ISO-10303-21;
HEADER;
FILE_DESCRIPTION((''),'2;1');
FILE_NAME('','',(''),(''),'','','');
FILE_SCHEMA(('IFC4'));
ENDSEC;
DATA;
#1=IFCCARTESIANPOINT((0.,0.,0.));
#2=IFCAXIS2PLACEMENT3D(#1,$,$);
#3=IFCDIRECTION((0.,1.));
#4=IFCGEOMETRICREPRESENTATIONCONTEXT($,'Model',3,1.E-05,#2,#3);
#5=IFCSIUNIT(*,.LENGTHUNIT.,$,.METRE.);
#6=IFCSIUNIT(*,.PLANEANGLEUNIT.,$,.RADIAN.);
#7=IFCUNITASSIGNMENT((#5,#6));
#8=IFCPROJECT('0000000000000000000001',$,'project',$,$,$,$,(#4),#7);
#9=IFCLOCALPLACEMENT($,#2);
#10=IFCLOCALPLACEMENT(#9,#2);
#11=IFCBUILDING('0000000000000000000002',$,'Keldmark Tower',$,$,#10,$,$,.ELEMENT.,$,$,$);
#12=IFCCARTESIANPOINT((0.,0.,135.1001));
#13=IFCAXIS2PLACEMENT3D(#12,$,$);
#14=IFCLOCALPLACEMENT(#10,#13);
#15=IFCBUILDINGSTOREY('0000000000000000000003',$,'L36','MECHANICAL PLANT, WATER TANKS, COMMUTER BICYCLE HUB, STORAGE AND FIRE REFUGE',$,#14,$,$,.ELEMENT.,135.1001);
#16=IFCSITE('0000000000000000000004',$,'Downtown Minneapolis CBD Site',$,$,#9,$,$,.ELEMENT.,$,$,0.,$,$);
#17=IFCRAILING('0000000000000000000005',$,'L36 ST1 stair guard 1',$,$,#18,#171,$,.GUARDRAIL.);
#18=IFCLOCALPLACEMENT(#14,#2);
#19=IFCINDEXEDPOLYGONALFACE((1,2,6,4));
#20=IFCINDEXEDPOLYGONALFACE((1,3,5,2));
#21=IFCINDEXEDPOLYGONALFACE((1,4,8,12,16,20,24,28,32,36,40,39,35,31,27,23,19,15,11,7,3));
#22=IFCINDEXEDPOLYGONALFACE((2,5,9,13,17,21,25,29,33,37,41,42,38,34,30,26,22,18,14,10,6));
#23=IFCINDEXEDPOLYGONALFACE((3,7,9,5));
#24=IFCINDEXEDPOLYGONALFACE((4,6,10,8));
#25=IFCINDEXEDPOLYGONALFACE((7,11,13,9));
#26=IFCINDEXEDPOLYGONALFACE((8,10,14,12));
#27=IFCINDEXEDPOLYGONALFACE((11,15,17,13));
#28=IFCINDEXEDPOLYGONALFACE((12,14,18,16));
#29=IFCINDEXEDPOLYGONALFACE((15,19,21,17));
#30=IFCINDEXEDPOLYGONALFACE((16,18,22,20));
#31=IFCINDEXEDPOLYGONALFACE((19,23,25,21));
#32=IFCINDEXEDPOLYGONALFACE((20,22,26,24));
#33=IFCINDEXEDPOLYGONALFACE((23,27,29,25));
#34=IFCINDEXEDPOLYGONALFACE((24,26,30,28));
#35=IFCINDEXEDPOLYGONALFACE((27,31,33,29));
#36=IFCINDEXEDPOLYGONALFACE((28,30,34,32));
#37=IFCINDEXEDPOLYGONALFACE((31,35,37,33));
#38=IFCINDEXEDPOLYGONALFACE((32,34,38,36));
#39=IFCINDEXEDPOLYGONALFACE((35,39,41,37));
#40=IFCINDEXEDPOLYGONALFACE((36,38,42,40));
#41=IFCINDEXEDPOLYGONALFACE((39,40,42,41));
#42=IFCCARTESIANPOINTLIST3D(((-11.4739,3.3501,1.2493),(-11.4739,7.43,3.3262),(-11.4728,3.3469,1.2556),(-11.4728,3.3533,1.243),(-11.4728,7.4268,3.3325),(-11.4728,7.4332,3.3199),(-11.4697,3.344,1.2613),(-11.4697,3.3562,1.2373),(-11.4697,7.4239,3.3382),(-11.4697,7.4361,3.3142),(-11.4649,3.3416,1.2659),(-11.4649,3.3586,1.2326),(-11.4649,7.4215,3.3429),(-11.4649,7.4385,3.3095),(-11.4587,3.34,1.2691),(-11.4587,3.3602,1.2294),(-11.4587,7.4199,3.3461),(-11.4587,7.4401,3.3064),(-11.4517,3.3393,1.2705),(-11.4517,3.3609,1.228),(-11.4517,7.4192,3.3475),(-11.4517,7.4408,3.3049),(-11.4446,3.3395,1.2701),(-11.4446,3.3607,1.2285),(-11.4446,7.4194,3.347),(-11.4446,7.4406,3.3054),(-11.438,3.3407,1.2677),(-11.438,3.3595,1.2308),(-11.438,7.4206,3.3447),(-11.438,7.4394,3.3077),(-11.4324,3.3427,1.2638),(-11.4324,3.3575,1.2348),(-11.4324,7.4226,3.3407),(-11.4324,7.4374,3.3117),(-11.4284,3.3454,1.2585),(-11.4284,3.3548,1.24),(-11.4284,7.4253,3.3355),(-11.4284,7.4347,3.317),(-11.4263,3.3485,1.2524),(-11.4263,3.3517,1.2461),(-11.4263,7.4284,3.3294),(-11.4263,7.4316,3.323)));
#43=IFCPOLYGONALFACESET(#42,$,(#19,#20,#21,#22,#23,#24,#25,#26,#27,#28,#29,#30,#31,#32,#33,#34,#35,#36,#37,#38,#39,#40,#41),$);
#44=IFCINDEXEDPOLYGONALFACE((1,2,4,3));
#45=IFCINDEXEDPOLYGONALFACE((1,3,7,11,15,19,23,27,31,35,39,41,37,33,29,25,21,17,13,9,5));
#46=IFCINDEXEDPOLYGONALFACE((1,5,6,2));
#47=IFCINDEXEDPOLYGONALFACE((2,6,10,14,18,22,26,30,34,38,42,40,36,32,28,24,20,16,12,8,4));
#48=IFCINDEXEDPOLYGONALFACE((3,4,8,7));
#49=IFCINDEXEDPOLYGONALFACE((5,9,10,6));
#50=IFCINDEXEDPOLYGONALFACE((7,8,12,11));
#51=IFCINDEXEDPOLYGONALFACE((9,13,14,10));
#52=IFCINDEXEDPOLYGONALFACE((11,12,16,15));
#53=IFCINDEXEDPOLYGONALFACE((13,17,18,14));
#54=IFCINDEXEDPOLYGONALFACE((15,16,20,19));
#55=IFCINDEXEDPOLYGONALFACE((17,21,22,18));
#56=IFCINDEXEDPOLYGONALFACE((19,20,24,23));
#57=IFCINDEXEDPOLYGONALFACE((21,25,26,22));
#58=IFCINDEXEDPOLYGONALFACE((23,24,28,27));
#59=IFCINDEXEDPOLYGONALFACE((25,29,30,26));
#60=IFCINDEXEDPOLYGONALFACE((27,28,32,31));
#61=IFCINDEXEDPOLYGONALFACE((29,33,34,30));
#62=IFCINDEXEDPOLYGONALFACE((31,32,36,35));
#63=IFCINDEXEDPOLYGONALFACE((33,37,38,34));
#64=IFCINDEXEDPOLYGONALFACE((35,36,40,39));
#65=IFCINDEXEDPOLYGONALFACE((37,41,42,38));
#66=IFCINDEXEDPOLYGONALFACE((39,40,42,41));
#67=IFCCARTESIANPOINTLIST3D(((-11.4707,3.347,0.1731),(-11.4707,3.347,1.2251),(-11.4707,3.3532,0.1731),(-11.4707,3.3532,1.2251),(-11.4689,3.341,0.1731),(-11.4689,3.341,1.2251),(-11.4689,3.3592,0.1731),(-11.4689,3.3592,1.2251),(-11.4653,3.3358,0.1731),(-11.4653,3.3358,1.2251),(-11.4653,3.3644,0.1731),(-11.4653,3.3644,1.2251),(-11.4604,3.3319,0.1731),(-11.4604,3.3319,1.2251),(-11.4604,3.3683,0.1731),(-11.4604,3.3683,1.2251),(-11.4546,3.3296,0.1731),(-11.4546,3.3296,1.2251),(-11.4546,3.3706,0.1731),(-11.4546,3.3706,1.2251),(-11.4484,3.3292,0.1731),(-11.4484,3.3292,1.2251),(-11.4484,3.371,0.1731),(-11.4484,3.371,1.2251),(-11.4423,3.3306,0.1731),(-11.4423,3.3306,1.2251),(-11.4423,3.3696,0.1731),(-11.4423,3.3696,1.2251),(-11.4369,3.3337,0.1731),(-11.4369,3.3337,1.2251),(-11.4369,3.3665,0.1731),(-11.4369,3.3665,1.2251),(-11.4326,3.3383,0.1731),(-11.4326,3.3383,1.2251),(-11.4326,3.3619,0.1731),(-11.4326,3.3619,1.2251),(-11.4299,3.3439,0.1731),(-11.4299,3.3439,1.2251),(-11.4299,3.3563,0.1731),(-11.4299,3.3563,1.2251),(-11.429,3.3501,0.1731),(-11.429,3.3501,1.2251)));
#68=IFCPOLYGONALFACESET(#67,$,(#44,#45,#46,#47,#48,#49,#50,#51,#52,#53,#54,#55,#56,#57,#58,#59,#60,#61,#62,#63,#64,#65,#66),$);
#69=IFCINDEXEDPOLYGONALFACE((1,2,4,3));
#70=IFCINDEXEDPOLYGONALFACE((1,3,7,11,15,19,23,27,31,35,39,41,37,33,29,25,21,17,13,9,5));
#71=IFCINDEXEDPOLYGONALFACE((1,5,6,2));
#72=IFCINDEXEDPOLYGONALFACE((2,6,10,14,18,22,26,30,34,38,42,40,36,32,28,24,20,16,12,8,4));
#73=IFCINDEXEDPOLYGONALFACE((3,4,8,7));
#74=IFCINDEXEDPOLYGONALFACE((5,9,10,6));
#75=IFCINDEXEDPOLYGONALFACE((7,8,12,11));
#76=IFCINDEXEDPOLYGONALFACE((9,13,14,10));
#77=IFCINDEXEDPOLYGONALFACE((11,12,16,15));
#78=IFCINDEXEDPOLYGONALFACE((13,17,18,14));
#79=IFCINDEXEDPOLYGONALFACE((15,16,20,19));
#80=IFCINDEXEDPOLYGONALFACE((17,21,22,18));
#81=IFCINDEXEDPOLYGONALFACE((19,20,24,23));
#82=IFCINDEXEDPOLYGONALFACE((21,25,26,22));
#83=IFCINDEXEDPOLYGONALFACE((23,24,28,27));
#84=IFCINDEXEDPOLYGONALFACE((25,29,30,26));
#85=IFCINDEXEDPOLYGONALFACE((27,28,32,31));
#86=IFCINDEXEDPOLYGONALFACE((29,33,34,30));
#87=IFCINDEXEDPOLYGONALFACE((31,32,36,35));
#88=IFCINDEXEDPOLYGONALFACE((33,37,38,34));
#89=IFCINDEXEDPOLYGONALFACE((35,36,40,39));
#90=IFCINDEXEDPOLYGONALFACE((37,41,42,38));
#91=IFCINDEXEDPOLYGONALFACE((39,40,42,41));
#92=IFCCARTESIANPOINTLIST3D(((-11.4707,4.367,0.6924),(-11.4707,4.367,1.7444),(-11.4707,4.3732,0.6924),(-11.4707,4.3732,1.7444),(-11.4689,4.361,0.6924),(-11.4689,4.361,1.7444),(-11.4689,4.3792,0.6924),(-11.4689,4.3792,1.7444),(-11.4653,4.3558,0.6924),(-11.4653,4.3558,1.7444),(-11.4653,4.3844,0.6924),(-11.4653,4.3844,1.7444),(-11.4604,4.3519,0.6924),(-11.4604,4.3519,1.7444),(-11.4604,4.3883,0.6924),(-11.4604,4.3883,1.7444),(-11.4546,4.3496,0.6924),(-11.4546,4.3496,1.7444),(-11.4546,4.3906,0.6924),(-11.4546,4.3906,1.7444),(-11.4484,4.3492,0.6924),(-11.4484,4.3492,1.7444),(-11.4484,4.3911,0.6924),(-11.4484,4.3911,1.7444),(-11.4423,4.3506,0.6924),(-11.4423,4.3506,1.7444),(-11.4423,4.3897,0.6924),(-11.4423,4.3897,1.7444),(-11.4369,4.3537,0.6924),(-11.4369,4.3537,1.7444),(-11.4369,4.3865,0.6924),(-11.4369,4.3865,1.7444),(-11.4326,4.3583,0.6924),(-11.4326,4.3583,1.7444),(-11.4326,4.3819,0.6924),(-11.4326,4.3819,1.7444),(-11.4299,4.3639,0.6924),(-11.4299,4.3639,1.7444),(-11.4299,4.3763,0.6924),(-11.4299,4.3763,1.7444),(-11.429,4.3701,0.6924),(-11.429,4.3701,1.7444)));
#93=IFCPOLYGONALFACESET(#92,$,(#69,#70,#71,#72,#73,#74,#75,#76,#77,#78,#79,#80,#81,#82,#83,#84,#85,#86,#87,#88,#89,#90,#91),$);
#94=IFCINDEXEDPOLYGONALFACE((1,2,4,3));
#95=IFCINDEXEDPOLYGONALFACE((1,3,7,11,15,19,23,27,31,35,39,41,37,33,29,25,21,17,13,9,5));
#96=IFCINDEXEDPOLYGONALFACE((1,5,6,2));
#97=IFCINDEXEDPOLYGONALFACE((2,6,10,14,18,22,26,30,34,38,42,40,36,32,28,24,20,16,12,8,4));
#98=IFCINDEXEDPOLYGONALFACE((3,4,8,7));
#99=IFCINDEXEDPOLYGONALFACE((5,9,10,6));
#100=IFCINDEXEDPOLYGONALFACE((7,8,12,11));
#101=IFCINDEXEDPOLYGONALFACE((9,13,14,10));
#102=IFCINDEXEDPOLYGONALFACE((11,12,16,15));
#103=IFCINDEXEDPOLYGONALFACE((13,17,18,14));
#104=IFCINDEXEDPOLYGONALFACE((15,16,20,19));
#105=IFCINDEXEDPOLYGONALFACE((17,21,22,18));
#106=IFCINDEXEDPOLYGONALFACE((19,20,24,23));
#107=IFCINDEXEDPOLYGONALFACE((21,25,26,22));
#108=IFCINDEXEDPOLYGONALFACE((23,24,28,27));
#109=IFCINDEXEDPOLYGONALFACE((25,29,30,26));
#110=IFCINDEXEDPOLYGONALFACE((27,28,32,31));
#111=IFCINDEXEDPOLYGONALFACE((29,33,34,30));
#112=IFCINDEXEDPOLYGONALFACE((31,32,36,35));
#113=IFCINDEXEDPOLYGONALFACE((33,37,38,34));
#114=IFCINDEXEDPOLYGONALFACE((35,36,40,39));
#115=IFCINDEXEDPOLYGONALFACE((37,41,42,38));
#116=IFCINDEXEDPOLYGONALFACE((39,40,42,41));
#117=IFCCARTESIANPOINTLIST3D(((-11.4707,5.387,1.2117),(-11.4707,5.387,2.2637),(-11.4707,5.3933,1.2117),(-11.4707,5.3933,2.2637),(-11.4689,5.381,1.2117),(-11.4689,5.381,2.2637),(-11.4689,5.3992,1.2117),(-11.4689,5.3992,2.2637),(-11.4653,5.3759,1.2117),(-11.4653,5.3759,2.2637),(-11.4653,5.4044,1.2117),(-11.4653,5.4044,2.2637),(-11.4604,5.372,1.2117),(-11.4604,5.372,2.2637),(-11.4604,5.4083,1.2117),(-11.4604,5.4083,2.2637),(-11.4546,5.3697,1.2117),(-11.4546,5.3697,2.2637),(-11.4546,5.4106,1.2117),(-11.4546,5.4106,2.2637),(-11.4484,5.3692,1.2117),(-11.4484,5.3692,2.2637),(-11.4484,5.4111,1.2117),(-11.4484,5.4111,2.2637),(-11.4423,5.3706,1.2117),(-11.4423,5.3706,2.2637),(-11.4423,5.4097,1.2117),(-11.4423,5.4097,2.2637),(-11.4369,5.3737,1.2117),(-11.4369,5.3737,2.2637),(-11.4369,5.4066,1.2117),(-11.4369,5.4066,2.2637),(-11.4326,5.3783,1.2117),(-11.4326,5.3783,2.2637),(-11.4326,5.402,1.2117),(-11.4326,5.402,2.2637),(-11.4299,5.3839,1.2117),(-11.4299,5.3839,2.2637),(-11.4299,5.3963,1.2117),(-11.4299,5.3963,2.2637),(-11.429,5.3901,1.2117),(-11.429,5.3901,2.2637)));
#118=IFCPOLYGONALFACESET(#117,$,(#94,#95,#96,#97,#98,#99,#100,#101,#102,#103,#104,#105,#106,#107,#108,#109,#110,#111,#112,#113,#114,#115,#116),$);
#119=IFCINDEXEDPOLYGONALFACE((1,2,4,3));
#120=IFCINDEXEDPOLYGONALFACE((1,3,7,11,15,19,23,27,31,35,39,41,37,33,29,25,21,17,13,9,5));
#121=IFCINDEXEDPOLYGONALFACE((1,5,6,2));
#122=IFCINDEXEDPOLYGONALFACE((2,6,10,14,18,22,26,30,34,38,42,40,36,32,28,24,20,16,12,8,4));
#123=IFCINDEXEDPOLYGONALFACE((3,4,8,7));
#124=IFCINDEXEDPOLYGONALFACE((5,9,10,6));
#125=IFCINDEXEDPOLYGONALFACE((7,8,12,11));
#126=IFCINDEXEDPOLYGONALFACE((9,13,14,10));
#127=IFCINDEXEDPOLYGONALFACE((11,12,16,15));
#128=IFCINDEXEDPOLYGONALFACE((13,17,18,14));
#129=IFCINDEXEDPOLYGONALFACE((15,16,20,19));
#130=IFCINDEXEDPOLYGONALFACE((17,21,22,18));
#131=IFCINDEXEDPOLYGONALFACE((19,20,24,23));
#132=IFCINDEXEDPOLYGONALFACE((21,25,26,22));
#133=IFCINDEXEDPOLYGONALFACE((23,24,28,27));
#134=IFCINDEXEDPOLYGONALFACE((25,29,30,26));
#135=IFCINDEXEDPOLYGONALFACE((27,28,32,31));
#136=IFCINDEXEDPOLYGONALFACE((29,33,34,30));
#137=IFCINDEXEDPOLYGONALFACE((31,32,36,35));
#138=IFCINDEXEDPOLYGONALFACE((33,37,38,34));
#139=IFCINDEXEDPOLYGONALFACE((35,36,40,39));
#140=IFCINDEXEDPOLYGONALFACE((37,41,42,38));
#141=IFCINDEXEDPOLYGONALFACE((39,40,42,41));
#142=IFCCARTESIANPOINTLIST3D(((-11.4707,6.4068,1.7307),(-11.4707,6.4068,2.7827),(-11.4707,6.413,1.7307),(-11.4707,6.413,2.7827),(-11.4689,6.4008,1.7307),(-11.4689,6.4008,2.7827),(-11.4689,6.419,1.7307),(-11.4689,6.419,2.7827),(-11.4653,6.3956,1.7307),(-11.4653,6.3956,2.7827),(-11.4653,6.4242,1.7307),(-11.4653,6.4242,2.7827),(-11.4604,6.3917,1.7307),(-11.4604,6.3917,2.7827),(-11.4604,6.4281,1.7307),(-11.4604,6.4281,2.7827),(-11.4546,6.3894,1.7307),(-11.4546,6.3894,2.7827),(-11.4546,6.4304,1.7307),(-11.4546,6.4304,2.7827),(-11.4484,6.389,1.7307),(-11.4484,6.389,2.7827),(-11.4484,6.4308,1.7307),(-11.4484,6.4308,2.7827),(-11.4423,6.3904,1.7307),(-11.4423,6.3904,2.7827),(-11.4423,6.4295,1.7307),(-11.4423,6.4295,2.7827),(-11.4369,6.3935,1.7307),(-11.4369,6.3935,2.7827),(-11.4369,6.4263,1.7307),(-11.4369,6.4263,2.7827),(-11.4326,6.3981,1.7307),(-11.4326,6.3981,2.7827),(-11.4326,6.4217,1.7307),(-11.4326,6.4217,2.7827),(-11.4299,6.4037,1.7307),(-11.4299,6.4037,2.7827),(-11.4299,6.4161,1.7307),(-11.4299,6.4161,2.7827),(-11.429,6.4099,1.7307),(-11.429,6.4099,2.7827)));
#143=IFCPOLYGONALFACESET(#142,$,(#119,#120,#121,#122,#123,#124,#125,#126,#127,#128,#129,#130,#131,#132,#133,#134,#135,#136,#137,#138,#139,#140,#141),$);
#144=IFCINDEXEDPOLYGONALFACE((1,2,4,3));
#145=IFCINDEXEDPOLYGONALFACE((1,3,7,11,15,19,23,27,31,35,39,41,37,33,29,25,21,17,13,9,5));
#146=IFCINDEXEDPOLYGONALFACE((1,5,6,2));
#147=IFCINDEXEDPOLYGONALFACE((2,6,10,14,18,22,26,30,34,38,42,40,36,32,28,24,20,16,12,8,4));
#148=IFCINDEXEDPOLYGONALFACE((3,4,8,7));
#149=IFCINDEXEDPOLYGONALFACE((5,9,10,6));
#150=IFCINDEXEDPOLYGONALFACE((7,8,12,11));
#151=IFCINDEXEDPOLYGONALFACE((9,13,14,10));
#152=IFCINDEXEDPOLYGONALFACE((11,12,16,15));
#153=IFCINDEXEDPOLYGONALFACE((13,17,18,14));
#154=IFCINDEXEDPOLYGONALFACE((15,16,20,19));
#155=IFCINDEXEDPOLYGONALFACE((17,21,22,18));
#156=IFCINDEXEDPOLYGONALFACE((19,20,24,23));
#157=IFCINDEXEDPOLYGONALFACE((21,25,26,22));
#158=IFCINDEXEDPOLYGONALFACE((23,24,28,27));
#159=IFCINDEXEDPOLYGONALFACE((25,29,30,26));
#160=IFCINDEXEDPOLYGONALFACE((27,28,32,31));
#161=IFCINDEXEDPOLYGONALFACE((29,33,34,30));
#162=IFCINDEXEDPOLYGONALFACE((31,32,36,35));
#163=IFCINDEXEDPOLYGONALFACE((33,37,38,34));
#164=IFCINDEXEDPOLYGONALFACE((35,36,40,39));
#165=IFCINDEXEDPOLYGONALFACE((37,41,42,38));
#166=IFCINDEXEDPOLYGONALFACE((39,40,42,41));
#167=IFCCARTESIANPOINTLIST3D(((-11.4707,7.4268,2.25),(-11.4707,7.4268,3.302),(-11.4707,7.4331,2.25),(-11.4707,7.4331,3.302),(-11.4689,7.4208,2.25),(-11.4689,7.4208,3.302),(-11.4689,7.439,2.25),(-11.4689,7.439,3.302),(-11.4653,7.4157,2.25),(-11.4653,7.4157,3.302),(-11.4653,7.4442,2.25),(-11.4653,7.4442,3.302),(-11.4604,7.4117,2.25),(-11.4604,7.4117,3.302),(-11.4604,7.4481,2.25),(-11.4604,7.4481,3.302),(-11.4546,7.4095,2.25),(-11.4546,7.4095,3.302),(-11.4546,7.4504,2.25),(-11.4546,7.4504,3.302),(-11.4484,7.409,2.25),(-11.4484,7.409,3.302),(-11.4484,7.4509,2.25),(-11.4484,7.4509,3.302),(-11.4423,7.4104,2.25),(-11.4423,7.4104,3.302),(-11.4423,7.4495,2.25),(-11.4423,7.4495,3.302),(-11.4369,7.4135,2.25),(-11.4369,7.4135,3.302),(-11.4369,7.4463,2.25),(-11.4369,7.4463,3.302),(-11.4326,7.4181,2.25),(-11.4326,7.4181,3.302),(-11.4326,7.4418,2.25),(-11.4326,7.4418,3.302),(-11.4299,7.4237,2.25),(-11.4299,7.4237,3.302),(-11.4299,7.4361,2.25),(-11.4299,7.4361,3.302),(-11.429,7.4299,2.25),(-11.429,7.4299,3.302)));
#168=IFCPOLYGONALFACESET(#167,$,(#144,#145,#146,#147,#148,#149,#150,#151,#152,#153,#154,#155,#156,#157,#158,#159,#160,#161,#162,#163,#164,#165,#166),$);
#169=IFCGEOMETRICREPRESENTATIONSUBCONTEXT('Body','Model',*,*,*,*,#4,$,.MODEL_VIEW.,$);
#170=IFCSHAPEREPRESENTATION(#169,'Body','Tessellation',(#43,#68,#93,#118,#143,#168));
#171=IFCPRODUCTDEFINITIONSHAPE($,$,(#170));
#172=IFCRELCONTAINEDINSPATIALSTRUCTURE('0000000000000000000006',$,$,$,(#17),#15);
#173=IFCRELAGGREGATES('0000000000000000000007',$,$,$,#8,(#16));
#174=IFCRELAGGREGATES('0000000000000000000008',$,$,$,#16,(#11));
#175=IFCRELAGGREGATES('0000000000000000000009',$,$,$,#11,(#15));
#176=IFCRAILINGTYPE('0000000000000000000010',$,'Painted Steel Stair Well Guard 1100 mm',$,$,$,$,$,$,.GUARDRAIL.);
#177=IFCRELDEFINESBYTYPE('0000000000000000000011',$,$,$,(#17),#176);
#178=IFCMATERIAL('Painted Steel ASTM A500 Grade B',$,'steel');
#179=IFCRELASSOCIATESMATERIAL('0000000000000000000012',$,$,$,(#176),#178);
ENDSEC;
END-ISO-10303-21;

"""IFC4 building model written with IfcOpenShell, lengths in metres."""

from ifc_helpers import new_model, si_unit, direction, frame, origin, origin_2d, place, context, subcontext, project, spatial, circle, extrude, material, type_object, element, save


model = new_model("IFC4")

# Units and contexts
model_context = context("Model", 3, precision=1e-05, world=origin(), true_north=direction((0.0, 1.0)))
body_context = subcontext(model_context, "Body", "Model", "MODEL_VIEW")
ifc_project = project(units=[si_unit("LENGTHUNIT", "METRE"), si_unit("PLANEANGLEUNIT", "RADIAN")], contexts=[model_context])

# Site, building, storey
site_placement = place(None, origin())
site = spatial("IfcSite", under=ifc_project, at=site_placement, Name="Downtown Minneapolis CBD Site", CompositionType="ELEMENT", RefElevation=0.0)
building_placement = place(site_placement, origin())
building = spatial("IfcBuilding", under=site, at=building_placement, Name="Keldmark Tower", CompositionType="ELEMENT")
storey_placement = place(building_placement, frame((0.0, 0.0, 135.1001)))
storey = spatial("IfcBuildingStorey", under=building, at=storey_placement, Name="L36", Description="MECHANICAL PLANT, WATER TANKS, COMMUTER BICYCLE HUB, STORAGE AND FIRE REFUGE", CompositionType="ELEMENT", Elevation=135.1001)

# Railing
ifc_material_1 = material(Name="Painted Steel ASTM A500 Grade B", Category="steel")
railing_type_1 = type_object("IfcRailingType", Name="Painted Steel Stair Well Guard 1100 mm", PredefinedType="GUARDRAIL", material=ifc_material_1)
railing_1_placement = place(storey_placement, frame((-11.45, 3.3501, 0.1731)))
element("IfcRailing", 1, at=railing_1_placement, inside=storey, type_object=railing_type_1, Name="L36 ST1 stair guard 1", PredefinedType="GUARDRAIL", context=body_context, shape_type="SweptSolid", body=[
    extrude(circle(Radius=0.0239, at=origin_2d()), frame((0.0, 0.0, 1.0762), z_axis=(0.0, 0.891172, 0.453665), x_axis=(-1.0, 0.0, 0.0)), (0.0, 0.0, 1.0), 4.5781),
    extrude(circle(Radius=0.021, at=origin_2d()), origin(), (0.0, 0.0, 1.0), 1.052),
    extrude(circle(Radius=0.021, at=origin_2d()), frame((0.0, 1.02, 0.5193)), (0.0, 0.0, 1.0), 1.052),
    extrude(circle(Radius=0.021, at=origin_2d()), frame((0.0, 2.04, 1.0386)), (0.0, 0.0, 1.0), 1.052),
    extrude(circle(Radius=0.021, at=origin_2d()), frame((0.0, 3.0598, 1.5576)), (0.0, 0.0, 1.0), 1.052),
    extrude(circle(Radius=0.021, at=origin_2d()), frame((0.0, 4.0798, 2.0769)), (0.0, 0.0, 1.0), 1.052),
])

save(model, "model.ifc")
